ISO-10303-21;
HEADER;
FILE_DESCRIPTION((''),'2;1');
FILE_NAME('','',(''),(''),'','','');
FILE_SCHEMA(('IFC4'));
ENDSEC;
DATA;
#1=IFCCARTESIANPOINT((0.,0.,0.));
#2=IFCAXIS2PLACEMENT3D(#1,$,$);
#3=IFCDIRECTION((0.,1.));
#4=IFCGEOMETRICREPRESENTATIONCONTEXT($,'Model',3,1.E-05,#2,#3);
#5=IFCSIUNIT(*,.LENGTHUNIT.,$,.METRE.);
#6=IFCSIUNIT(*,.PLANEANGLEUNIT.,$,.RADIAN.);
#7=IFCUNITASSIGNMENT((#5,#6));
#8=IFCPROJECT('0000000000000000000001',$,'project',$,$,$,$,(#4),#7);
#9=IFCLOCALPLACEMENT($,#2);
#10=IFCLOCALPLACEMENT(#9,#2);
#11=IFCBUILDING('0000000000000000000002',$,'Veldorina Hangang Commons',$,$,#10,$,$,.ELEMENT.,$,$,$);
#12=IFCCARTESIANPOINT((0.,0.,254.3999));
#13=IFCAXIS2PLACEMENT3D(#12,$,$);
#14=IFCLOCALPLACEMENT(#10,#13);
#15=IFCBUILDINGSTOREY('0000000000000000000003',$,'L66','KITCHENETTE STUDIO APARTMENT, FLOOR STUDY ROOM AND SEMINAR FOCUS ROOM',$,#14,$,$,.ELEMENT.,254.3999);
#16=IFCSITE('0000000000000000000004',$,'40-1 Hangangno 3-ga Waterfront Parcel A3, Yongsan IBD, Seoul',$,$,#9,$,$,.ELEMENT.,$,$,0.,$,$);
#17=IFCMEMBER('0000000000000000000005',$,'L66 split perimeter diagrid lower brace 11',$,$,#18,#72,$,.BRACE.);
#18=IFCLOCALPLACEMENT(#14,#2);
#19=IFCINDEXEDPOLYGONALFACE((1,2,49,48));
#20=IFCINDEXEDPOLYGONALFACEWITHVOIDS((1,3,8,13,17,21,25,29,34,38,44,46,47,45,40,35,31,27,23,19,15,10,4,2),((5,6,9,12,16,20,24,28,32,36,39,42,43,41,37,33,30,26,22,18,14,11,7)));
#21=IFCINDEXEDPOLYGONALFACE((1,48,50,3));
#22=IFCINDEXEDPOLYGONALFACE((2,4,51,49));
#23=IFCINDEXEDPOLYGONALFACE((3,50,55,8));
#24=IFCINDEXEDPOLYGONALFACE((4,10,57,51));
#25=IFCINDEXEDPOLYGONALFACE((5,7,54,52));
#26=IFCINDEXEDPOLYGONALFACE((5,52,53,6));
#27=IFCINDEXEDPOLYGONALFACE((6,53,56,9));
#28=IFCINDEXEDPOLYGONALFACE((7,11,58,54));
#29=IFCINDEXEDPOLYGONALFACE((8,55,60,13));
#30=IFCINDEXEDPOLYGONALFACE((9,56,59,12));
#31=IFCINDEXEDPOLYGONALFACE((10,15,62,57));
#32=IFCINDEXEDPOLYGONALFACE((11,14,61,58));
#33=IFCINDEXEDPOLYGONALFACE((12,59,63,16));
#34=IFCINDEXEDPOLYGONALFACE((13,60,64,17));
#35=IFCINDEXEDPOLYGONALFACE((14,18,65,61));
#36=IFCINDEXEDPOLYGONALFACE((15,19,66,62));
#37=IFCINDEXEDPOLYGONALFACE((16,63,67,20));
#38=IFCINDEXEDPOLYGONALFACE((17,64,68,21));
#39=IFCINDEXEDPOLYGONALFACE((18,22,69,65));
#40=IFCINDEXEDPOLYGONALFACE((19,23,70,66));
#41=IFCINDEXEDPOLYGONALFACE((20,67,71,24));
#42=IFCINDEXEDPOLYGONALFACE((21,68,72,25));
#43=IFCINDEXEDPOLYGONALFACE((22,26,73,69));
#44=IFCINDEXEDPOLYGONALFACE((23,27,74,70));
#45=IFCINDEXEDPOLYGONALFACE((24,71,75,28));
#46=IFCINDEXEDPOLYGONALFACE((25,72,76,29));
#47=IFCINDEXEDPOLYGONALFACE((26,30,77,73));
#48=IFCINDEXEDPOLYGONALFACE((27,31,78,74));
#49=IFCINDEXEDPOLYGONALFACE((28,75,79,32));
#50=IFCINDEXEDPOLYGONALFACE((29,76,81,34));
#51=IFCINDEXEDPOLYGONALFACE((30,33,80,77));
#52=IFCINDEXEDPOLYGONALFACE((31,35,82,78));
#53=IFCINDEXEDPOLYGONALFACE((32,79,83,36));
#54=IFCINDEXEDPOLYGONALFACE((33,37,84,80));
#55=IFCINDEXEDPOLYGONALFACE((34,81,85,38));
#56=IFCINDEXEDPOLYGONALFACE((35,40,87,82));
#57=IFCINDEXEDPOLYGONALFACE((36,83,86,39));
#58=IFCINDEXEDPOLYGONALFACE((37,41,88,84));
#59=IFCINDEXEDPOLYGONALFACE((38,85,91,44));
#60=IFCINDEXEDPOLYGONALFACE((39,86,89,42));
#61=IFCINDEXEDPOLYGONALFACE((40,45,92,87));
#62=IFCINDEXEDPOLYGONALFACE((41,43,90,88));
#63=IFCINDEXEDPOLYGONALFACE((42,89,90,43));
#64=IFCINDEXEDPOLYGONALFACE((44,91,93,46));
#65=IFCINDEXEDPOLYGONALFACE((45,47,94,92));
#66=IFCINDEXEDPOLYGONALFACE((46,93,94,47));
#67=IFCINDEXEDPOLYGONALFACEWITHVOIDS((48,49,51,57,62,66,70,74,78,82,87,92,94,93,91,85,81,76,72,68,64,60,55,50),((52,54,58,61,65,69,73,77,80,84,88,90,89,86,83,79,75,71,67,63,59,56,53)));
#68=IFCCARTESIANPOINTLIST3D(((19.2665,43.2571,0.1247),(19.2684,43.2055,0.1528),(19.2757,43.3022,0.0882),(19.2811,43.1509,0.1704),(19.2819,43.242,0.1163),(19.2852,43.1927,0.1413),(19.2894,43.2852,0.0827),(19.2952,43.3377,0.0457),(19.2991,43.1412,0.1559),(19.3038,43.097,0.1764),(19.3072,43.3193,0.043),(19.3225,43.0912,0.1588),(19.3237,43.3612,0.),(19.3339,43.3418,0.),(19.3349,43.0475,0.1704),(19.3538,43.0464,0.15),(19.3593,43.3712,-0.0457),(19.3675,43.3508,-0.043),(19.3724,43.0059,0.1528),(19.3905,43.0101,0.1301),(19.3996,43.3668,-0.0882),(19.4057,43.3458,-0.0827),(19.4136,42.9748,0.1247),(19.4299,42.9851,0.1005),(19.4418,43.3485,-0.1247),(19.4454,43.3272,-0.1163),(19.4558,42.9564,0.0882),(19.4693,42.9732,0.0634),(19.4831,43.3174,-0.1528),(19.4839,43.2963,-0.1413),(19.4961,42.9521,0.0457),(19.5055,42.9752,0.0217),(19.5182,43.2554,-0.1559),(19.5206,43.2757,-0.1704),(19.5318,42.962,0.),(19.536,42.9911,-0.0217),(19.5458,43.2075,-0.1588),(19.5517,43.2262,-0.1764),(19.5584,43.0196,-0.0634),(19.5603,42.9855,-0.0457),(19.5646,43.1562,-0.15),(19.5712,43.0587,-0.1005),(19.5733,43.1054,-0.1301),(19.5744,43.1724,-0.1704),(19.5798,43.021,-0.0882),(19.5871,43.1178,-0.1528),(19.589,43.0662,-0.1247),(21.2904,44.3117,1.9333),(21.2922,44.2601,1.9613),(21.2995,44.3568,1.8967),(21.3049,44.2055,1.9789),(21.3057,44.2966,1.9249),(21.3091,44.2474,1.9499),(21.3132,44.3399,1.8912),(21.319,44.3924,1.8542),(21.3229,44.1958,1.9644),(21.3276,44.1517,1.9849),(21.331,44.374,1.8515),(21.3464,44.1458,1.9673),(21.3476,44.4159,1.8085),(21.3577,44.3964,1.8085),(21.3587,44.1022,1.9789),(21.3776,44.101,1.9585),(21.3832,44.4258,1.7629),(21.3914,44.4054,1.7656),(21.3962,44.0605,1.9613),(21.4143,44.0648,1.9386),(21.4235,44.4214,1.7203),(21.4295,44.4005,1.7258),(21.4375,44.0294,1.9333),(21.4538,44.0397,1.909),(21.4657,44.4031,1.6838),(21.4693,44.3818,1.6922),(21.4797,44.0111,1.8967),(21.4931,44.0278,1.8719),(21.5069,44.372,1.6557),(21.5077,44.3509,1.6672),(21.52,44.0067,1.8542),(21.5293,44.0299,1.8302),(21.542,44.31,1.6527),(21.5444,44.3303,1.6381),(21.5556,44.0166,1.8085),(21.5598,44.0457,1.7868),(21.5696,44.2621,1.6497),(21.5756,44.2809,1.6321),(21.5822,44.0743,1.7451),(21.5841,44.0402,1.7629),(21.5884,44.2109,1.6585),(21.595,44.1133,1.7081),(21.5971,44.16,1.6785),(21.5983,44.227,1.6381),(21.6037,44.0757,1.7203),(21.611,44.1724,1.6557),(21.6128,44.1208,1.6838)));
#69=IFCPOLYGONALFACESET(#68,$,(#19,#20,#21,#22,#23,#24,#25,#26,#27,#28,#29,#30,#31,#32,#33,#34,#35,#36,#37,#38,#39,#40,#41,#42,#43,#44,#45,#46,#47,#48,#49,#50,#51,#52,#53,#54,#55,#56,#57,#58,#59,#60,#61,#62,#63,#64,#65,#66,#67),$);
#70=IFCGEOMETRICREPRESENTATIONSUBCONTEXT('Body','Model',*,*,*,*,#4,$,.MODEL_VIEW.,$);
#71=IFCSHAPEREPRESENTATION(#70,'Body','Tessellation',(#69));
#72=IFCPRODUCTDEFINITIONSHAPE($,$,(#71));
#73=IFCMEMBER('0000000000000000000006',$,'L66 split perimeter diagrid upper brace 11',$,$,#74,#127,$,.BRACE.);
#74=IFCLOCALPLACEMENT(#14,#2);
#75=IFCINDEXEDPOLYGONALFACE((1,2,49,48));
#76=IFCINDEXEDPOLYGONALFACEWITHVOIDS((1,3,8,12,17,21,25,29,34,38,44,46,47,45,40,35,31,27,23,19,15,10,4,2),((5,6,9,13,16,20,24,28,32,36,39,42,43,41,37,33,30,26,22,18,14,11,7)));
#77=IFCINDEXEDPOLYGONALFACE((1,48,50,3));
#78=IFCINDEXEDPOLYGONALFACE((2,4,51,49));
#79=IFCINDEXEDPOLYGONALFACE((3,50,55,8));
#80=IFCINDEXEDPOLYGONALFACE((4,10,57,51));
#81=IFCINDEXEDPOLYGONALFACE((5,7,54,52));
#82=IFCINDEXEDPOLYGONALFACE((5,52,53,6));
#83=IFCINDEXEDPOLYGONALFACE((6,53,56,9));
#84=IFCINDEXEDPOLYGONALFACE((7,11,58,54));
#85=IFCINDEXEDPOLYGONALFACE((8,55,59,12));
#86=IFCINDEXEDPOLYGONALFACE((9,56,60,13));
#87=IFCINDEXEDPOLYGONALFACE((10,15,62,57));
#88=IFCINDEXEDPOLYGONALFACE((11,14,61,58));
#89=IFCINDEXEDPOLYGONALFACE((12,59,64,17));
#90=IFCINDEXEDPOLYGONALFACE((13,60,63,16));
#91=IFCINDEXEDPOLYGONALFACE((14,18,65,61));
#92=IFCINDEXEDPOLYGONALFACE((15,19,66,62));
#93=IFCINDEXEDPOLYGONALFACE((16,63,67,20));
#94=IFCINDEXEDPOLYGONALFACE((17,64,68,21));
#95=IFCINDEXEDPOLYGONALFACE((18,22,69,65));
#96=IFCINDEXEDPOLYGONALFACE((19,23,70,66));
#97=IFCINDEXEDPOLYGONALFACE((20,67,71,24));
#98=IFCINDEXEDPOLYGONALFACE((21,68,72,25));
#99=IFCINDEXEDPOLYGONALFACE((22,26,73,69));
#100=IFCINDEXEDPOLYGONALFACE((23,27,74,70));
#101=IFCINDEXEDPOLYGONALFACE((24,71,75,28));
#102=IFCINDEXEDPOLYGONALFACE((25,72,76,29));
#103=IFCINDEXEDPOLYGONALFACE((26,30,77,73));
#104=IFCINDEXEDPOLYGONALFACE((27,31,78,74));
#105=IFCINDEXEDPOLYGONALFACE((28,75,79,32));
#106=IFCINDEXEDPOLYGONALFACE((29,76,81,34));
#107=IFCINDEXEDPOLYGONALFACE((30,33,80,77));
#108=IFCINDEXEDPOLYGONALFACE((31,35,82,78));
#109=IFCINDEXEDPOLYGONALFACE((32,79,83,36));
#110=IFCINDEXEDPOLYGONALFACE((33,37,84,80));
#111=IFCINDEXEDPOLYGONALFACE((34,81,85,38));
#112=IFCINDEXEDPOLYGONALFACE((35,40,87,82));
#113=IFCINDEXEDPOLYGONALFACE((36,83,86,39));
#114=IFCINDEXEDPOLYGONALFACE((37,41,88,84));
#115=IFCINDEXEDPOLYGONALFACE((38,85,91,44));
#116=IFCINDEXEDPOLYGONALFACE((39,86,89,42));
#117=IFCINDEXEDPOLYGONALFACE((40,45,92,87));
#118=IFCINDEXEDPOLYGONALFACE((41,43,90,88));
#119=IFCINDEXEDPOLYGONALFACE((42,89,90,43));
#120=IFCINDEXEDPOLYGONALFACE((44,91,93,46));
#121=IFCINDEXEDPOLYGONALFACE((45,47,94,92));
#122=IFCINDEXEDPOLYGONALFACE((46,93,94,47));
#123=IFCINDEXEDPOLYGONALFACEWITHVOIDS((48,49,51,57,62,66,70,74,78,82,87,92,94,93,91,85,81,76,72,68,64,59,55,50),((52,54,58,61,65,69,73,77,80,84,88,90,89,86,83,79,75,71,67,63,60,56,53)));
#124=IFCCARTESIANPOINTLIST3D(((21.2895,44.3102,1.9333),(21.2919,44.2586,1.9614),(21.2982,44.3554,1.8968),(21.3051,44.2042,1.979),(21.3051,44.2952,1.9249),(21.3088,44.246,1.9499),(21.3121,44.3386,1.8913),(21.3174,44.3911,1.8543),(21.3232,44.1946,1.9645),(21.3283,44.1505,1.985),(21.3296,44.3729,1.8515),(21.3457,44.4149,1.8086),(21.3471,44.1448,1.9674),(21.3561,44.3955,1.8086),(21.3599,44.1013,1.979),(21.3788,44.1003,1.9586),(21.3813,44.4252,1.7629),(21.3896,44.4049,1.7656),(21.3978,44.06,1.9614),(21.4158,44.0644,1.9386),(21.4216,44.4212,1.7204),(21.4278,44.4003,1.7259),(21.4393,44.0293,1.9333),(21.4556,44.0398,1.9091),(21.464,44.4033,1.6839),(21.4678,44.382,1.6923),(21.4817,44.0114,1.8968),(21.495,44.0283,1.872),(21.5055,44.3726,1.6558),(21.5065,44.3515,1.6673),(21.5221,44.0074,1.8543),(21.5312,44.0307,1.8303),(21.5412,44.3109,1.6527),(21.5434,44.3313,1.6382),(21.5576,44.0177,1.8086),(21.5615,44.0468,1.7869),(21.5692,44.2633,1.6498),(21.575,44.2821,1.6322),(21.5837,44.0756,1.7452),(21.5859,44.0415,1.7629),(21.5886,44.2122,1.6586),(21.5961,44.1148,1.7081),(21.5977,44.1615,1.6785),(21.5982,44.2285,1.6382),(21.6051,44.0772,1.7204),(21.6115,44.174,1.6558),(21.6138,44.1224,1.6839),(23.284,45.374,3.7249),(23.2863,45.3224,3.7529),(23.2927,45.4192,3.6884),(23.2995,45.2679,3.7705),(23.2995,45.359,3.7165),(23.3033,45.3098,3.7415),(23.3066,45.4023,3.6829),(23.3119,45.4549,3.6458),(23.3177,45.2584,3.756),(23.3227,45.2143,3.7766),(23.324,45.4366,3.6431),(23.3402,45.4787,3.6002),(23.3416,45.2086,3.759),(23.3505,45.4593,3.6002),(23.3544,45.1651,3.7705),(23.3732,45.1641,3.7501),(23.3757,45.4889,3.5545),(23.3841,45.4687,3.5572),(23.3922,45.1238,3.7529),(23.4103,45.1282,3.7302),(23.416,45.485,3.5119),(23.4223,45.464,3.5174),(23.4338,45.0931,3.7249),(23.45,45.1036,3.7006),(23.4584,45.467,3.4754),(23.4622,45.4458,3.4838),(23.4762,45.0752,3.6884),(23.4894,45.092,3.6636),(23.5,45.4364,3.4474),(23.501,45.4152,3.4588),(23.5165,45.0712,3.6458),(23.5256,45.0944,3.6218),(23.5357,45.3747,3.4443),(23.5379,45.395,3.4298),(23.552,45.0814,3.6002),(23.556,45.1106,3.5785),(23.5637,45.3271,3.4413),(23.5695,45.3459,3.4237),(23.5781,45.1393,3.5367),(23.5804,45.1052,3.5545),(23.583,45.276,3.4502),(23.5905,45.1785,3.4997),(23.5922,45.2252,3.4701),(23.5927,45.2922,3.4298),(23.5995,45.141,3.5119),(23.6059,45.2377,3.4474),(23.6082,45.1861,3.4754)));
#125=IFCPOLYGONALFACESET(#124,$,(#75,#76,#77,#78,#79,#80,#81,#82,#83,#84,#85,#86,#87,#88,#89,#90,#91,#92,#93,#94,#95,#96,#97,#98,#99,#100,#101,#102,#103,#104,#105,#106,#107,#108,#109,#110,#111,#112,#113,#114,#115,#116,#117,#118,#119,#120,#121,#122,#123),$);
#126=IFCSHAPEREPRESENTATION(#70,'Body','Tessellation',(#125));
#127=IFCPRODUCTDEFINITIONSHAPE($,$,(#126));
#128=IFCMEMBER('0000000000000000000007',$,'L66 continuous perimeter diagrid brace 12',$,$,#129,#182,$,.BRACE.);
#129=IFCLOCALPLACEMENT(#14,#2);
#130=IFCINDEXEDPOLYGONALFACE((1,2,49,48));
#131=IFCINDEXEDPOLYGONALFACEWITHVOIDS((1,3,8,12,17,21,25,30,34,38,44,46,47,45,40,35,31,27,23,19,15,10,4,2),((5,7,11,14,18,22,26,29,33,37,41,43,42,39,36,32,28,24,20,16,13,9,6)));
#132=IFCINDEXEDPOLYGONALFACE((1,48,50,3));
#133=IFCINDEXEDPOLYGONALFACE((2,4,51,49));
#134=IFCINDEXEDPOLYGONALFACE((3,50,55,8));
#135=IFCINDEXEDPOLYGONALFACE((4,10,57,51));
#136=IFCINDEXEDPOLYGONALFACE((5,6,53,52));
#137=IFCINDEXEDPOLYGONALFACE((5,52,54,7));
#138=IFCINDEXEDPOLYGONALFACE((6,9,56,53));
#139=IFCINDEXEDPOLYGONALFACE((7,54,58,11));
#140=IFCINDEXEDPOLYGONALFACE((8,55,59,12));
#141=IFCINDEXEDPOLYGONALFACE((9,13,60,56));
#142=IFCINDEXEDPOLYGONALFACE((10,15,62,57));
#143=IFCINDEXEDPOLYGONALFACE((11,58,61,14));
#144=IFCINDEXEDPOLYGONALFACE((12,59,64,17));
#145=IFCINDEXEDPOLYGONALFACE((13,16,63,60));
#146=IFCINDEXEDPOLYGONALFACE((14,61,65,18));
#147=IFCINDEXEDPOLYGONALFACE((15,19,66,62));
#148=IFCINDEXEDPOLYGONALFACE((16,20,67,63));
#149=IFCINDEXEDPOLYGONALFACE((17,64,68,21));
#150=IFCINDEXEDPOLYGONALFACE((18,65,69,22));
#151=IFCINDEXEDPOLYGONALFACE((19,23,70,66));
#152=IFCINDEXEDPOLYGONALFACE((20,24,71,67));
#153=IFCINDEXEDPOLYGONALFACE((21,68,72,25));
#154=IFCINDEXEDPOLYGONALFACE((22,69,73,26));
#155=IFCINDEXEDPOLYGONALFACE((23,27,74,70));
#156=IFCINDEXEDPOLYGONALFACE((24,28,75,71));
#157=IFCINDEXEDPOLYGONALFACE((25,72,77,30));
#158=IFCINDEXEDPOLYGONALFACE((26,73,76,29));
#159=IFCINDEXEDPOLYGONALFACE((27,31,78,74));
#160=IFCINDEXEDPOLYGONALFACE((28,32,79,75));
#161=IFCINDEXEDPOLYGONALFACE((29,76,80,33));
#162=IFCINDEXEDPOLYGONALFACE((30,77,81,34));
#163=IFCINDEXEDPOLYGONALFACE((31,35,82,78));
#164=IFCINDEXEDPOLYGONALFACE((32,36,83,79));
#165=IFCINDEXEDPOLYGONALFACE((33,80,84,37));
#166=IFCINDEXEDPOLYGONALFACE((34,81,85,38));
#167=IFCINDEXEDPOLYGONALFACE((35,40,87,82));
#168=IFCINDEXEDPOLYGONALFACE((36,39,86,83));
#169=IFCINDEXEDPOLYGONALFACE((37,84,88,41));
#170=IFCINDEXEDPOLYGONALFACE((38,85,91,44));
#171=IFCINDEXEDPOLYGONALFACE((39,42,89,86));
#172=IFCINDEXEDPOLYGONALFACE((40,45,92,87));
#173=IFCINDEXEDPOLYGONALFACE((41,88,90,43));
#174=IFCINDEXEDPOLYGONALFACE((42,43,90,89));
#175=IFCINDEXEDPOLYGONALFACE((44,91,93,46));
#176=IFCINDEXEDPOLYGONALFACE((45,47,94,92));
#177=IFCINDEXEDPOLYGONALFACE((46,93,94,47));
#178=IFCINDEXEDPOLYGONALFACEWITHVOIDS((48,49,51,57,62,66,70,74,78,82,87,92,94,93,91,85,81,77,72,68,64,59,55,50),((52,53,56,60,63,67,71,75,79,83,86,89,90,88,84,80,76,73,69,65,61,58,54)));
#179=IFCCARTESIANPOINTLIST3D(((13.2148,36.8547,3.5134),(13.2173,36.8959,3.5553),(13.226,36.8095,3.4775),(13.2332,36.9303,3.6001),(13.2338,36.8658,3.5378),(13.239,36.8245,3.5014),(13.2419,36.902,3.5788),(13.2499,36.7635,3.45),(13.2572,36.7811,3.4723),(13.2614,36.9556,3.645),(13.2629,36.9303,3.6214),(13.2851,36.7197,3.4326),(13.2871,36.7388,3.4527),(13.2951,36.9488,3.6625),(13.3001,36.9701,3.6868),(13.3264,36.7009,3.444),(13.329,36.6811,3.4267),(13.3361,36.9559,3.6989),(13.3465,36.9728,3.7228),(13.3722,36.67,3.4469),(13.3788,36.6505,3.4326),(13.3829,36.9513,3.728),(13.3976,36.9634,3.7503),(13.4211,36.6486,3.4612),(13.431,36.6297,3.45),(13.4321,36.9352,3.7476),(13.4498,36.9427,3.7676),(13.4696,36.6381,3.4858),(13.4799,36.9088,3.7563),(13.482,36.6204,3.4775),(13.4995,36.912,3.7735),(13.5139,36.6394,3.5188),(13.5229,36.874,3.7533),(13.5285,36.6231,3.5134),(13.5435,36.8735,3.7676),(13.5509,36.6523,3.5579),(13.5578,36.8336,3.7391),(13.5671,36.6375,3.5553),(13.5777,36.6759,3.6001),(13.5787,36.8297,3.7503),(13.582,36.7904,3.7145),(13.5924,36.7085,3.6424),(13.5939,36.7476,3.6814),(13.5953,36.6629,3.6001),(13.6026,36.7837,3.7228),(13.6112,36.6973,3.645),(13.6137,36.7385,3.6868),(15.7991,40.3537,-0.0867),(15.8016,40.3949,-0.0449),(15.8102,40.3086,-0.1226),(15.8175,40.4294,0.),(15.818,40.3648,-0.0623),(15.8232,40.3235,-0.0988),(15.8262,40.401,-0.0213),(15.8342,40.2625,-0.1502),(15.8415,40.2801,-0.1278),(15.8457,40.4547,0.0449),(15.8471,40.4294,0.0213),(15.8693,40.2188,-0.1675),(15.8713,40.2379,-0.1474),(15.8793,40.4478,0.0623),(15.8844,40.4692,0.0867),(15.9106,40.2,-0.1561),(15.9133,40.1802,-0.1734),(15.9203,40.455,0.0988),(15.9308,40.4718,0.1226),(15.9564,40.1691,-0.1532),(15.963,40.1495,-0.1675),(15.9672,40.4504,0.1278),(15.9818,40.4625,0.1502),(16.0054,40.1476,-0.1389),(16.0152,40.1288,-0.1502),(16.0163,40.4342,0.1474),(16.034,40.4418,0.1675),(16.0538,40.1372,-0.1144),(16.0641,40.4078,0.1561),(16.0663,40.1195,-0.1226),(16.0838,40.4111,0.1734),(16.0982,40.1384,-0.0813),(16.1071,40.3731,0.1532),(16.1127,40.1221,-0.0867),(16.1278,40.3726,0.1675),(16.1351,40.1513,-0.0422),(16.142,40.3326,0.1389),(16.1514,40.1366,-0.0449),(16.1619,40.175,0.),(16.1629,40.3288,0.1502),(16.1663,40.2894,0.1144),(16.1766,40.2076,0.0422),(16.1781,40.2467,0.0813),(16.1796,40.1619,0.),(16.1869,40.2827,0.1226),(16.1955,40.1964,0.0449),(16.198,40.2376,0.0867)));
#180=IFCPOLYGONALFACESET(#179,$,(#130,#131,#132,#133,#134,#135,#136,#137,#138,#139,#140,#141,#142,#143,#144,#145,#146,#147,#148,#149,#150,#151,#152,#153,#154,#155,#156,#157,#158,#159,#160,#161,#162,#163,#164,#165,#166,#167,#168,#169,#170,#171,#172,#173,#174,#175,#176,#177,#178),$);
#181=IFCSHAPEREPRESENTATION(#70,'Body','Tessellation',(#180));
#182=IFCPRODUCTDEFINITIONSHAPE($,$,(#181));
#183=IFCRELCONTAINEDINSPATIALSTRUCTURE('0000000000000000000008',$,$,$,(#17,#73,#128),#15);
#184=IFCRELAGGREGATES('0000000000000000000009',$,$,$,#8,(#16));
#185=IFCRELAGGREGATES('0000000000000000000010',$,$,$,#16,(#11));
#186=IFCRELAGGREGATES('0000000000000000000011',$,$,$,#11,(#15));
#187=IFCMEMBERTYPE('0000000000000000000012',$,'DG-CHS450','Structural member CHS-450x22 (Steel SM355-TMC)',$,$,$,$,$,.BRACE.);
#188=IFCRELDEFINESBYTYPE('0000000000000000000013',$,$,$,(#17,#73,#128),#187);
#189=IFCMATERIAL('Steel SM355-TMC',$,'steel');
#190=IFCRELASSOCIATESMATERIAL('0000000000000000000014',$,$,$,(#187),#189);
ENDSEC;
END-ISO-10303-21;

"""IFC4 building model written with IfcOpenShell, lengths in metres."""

from ifc_helpers import new_model, si_unit, direction, frame, origin, origin_2d, place, context, subcontext, project, spatial, hollow_circle, extrude, material, material_profile, profile_set, type_object, element, save


model = new_model("IFC4")

# Units and contexts
model_context = context("Model", 3, precision=1e-05, world=origin(), true_north=direction((0.0, 1.0)))
body_context = subcontext(model_context, "Body", "Model", "MODEL_VIEW")
ifc_project = project(units=[si_unit("LENGTHUNIT", "METRE"), si_unit("PLANEANGLEUNIT", "RADIAN")], contexts=[model_context])

# Site, building, storey
site_placement = place(None, origin())
site = spatial("IfcSite", under=ifc_project, at=site_placement, Name="40-1 Hangangno 3-ga Waterfront Parcel A3, Yongsan IBD, Seoul", CompositionType="ELEMENT", RefElevation=0.0)
building_placement = place(site_placement, origin())
building = spatial("IfcBuilding", under=site, at=building_placement, Name="Veldorina Hangang Commons", CompositionType="ELEMENT")
storey_placement = place(building_placement, frame((0.0, 0.0, 254.3999)))
storey = spatial("IfcBuildingStorey", under=building, at=storey_placement, Name="L66", Description="KITCHENETTE STUDIO APARTMENT, FLOOR STUDY ROOM AND SEMINAR FOCUS ROOM", CompositionType="ELEMENT", Elevation=254.3999)

# Shared definitions
ifc_material_1 = material(Name="Steel SM355-TMC", Category="steel")

# Members
ifc_material_profile_1 = material_profile(ifc_material_1, hollow_circle(Radius=0.2251, WallThickness=0.022, at=origin_2d()), Name="CHS-450x22")
ifc_profile_set_1 = profile_set([ifc_material_profile_1], Name="Steel SM355-TMC")
member_type_1 = type_object("IfcMemberType", Name="DG-CHS450", Description="Structural member CHS-450x22 (Steel SM355-TMC)", PredefinedType="BRACE", material=ifc_profile_set_1)
member_1_placement = place(storey_placement, frame((19.4277, 43.1616, 0.0), z_axis=(0.695033, 0.362189, 0.621086), x_axis=(-0.462127, 0.886814, 0.0)))
element("IfcMember", 1, at=member_1_placement, inside=storey, type_object=member_type_1, Name="L66 split perimeter diagrid lower brace 11", PredefinedType="BRACE", context=body_context, shape_type="SweptSolid", body=[
    extrude(hollow_circle(Radius=0.2251, WallThickness=0.022, at=origin_2d()), origin(), (0.0, 0.0, 1.0), 2.9119),
])
member_2_placement = place(storey_placement, frame((21.4517, 44.2163, 1.8086), z_axis=(0.691488, 0.368811, 0.621146), x_axis=(-0.470605, 0.882344, 0.0)))
element("IfcMember", 2, at=member_2_placement, inside=storey, type_object=member_type_1, Name="L66 split perimeter diagrid upper brace 11", PredefinedType="BRACE", context=body_context, shape_type="SweptSolid", body=[
    extrude(hollow_circle(Radius=0.2251, WallThickness=0.022, at=origin_2d()), origin(), (0.0, 0.0, 1.0), 2.8843),
])
member_3_placement = place(storey_placement, frame((15.9985, 40.2957, 0.0), z_axis=(-0.457675, -0.619688, 0.637589), x_axis=(0.804397, -0.594093, 0.0)))
element("IfcMember", 3, at=member_3_placement, inside=storey, type_object=member_type_1, Name="L66 continuous perimeter diagrid brace 12", PredefinedType="BRACE", context=body_context, shape_type="SweptSolid", body=[
    extrude(hollow_circle(Radius=0.2251, WallThickness=0.022, at=origin_2d()), origin(), (0.0, 0.0, 1.0), 5.6465),
])

save(model, "model.ifc")
